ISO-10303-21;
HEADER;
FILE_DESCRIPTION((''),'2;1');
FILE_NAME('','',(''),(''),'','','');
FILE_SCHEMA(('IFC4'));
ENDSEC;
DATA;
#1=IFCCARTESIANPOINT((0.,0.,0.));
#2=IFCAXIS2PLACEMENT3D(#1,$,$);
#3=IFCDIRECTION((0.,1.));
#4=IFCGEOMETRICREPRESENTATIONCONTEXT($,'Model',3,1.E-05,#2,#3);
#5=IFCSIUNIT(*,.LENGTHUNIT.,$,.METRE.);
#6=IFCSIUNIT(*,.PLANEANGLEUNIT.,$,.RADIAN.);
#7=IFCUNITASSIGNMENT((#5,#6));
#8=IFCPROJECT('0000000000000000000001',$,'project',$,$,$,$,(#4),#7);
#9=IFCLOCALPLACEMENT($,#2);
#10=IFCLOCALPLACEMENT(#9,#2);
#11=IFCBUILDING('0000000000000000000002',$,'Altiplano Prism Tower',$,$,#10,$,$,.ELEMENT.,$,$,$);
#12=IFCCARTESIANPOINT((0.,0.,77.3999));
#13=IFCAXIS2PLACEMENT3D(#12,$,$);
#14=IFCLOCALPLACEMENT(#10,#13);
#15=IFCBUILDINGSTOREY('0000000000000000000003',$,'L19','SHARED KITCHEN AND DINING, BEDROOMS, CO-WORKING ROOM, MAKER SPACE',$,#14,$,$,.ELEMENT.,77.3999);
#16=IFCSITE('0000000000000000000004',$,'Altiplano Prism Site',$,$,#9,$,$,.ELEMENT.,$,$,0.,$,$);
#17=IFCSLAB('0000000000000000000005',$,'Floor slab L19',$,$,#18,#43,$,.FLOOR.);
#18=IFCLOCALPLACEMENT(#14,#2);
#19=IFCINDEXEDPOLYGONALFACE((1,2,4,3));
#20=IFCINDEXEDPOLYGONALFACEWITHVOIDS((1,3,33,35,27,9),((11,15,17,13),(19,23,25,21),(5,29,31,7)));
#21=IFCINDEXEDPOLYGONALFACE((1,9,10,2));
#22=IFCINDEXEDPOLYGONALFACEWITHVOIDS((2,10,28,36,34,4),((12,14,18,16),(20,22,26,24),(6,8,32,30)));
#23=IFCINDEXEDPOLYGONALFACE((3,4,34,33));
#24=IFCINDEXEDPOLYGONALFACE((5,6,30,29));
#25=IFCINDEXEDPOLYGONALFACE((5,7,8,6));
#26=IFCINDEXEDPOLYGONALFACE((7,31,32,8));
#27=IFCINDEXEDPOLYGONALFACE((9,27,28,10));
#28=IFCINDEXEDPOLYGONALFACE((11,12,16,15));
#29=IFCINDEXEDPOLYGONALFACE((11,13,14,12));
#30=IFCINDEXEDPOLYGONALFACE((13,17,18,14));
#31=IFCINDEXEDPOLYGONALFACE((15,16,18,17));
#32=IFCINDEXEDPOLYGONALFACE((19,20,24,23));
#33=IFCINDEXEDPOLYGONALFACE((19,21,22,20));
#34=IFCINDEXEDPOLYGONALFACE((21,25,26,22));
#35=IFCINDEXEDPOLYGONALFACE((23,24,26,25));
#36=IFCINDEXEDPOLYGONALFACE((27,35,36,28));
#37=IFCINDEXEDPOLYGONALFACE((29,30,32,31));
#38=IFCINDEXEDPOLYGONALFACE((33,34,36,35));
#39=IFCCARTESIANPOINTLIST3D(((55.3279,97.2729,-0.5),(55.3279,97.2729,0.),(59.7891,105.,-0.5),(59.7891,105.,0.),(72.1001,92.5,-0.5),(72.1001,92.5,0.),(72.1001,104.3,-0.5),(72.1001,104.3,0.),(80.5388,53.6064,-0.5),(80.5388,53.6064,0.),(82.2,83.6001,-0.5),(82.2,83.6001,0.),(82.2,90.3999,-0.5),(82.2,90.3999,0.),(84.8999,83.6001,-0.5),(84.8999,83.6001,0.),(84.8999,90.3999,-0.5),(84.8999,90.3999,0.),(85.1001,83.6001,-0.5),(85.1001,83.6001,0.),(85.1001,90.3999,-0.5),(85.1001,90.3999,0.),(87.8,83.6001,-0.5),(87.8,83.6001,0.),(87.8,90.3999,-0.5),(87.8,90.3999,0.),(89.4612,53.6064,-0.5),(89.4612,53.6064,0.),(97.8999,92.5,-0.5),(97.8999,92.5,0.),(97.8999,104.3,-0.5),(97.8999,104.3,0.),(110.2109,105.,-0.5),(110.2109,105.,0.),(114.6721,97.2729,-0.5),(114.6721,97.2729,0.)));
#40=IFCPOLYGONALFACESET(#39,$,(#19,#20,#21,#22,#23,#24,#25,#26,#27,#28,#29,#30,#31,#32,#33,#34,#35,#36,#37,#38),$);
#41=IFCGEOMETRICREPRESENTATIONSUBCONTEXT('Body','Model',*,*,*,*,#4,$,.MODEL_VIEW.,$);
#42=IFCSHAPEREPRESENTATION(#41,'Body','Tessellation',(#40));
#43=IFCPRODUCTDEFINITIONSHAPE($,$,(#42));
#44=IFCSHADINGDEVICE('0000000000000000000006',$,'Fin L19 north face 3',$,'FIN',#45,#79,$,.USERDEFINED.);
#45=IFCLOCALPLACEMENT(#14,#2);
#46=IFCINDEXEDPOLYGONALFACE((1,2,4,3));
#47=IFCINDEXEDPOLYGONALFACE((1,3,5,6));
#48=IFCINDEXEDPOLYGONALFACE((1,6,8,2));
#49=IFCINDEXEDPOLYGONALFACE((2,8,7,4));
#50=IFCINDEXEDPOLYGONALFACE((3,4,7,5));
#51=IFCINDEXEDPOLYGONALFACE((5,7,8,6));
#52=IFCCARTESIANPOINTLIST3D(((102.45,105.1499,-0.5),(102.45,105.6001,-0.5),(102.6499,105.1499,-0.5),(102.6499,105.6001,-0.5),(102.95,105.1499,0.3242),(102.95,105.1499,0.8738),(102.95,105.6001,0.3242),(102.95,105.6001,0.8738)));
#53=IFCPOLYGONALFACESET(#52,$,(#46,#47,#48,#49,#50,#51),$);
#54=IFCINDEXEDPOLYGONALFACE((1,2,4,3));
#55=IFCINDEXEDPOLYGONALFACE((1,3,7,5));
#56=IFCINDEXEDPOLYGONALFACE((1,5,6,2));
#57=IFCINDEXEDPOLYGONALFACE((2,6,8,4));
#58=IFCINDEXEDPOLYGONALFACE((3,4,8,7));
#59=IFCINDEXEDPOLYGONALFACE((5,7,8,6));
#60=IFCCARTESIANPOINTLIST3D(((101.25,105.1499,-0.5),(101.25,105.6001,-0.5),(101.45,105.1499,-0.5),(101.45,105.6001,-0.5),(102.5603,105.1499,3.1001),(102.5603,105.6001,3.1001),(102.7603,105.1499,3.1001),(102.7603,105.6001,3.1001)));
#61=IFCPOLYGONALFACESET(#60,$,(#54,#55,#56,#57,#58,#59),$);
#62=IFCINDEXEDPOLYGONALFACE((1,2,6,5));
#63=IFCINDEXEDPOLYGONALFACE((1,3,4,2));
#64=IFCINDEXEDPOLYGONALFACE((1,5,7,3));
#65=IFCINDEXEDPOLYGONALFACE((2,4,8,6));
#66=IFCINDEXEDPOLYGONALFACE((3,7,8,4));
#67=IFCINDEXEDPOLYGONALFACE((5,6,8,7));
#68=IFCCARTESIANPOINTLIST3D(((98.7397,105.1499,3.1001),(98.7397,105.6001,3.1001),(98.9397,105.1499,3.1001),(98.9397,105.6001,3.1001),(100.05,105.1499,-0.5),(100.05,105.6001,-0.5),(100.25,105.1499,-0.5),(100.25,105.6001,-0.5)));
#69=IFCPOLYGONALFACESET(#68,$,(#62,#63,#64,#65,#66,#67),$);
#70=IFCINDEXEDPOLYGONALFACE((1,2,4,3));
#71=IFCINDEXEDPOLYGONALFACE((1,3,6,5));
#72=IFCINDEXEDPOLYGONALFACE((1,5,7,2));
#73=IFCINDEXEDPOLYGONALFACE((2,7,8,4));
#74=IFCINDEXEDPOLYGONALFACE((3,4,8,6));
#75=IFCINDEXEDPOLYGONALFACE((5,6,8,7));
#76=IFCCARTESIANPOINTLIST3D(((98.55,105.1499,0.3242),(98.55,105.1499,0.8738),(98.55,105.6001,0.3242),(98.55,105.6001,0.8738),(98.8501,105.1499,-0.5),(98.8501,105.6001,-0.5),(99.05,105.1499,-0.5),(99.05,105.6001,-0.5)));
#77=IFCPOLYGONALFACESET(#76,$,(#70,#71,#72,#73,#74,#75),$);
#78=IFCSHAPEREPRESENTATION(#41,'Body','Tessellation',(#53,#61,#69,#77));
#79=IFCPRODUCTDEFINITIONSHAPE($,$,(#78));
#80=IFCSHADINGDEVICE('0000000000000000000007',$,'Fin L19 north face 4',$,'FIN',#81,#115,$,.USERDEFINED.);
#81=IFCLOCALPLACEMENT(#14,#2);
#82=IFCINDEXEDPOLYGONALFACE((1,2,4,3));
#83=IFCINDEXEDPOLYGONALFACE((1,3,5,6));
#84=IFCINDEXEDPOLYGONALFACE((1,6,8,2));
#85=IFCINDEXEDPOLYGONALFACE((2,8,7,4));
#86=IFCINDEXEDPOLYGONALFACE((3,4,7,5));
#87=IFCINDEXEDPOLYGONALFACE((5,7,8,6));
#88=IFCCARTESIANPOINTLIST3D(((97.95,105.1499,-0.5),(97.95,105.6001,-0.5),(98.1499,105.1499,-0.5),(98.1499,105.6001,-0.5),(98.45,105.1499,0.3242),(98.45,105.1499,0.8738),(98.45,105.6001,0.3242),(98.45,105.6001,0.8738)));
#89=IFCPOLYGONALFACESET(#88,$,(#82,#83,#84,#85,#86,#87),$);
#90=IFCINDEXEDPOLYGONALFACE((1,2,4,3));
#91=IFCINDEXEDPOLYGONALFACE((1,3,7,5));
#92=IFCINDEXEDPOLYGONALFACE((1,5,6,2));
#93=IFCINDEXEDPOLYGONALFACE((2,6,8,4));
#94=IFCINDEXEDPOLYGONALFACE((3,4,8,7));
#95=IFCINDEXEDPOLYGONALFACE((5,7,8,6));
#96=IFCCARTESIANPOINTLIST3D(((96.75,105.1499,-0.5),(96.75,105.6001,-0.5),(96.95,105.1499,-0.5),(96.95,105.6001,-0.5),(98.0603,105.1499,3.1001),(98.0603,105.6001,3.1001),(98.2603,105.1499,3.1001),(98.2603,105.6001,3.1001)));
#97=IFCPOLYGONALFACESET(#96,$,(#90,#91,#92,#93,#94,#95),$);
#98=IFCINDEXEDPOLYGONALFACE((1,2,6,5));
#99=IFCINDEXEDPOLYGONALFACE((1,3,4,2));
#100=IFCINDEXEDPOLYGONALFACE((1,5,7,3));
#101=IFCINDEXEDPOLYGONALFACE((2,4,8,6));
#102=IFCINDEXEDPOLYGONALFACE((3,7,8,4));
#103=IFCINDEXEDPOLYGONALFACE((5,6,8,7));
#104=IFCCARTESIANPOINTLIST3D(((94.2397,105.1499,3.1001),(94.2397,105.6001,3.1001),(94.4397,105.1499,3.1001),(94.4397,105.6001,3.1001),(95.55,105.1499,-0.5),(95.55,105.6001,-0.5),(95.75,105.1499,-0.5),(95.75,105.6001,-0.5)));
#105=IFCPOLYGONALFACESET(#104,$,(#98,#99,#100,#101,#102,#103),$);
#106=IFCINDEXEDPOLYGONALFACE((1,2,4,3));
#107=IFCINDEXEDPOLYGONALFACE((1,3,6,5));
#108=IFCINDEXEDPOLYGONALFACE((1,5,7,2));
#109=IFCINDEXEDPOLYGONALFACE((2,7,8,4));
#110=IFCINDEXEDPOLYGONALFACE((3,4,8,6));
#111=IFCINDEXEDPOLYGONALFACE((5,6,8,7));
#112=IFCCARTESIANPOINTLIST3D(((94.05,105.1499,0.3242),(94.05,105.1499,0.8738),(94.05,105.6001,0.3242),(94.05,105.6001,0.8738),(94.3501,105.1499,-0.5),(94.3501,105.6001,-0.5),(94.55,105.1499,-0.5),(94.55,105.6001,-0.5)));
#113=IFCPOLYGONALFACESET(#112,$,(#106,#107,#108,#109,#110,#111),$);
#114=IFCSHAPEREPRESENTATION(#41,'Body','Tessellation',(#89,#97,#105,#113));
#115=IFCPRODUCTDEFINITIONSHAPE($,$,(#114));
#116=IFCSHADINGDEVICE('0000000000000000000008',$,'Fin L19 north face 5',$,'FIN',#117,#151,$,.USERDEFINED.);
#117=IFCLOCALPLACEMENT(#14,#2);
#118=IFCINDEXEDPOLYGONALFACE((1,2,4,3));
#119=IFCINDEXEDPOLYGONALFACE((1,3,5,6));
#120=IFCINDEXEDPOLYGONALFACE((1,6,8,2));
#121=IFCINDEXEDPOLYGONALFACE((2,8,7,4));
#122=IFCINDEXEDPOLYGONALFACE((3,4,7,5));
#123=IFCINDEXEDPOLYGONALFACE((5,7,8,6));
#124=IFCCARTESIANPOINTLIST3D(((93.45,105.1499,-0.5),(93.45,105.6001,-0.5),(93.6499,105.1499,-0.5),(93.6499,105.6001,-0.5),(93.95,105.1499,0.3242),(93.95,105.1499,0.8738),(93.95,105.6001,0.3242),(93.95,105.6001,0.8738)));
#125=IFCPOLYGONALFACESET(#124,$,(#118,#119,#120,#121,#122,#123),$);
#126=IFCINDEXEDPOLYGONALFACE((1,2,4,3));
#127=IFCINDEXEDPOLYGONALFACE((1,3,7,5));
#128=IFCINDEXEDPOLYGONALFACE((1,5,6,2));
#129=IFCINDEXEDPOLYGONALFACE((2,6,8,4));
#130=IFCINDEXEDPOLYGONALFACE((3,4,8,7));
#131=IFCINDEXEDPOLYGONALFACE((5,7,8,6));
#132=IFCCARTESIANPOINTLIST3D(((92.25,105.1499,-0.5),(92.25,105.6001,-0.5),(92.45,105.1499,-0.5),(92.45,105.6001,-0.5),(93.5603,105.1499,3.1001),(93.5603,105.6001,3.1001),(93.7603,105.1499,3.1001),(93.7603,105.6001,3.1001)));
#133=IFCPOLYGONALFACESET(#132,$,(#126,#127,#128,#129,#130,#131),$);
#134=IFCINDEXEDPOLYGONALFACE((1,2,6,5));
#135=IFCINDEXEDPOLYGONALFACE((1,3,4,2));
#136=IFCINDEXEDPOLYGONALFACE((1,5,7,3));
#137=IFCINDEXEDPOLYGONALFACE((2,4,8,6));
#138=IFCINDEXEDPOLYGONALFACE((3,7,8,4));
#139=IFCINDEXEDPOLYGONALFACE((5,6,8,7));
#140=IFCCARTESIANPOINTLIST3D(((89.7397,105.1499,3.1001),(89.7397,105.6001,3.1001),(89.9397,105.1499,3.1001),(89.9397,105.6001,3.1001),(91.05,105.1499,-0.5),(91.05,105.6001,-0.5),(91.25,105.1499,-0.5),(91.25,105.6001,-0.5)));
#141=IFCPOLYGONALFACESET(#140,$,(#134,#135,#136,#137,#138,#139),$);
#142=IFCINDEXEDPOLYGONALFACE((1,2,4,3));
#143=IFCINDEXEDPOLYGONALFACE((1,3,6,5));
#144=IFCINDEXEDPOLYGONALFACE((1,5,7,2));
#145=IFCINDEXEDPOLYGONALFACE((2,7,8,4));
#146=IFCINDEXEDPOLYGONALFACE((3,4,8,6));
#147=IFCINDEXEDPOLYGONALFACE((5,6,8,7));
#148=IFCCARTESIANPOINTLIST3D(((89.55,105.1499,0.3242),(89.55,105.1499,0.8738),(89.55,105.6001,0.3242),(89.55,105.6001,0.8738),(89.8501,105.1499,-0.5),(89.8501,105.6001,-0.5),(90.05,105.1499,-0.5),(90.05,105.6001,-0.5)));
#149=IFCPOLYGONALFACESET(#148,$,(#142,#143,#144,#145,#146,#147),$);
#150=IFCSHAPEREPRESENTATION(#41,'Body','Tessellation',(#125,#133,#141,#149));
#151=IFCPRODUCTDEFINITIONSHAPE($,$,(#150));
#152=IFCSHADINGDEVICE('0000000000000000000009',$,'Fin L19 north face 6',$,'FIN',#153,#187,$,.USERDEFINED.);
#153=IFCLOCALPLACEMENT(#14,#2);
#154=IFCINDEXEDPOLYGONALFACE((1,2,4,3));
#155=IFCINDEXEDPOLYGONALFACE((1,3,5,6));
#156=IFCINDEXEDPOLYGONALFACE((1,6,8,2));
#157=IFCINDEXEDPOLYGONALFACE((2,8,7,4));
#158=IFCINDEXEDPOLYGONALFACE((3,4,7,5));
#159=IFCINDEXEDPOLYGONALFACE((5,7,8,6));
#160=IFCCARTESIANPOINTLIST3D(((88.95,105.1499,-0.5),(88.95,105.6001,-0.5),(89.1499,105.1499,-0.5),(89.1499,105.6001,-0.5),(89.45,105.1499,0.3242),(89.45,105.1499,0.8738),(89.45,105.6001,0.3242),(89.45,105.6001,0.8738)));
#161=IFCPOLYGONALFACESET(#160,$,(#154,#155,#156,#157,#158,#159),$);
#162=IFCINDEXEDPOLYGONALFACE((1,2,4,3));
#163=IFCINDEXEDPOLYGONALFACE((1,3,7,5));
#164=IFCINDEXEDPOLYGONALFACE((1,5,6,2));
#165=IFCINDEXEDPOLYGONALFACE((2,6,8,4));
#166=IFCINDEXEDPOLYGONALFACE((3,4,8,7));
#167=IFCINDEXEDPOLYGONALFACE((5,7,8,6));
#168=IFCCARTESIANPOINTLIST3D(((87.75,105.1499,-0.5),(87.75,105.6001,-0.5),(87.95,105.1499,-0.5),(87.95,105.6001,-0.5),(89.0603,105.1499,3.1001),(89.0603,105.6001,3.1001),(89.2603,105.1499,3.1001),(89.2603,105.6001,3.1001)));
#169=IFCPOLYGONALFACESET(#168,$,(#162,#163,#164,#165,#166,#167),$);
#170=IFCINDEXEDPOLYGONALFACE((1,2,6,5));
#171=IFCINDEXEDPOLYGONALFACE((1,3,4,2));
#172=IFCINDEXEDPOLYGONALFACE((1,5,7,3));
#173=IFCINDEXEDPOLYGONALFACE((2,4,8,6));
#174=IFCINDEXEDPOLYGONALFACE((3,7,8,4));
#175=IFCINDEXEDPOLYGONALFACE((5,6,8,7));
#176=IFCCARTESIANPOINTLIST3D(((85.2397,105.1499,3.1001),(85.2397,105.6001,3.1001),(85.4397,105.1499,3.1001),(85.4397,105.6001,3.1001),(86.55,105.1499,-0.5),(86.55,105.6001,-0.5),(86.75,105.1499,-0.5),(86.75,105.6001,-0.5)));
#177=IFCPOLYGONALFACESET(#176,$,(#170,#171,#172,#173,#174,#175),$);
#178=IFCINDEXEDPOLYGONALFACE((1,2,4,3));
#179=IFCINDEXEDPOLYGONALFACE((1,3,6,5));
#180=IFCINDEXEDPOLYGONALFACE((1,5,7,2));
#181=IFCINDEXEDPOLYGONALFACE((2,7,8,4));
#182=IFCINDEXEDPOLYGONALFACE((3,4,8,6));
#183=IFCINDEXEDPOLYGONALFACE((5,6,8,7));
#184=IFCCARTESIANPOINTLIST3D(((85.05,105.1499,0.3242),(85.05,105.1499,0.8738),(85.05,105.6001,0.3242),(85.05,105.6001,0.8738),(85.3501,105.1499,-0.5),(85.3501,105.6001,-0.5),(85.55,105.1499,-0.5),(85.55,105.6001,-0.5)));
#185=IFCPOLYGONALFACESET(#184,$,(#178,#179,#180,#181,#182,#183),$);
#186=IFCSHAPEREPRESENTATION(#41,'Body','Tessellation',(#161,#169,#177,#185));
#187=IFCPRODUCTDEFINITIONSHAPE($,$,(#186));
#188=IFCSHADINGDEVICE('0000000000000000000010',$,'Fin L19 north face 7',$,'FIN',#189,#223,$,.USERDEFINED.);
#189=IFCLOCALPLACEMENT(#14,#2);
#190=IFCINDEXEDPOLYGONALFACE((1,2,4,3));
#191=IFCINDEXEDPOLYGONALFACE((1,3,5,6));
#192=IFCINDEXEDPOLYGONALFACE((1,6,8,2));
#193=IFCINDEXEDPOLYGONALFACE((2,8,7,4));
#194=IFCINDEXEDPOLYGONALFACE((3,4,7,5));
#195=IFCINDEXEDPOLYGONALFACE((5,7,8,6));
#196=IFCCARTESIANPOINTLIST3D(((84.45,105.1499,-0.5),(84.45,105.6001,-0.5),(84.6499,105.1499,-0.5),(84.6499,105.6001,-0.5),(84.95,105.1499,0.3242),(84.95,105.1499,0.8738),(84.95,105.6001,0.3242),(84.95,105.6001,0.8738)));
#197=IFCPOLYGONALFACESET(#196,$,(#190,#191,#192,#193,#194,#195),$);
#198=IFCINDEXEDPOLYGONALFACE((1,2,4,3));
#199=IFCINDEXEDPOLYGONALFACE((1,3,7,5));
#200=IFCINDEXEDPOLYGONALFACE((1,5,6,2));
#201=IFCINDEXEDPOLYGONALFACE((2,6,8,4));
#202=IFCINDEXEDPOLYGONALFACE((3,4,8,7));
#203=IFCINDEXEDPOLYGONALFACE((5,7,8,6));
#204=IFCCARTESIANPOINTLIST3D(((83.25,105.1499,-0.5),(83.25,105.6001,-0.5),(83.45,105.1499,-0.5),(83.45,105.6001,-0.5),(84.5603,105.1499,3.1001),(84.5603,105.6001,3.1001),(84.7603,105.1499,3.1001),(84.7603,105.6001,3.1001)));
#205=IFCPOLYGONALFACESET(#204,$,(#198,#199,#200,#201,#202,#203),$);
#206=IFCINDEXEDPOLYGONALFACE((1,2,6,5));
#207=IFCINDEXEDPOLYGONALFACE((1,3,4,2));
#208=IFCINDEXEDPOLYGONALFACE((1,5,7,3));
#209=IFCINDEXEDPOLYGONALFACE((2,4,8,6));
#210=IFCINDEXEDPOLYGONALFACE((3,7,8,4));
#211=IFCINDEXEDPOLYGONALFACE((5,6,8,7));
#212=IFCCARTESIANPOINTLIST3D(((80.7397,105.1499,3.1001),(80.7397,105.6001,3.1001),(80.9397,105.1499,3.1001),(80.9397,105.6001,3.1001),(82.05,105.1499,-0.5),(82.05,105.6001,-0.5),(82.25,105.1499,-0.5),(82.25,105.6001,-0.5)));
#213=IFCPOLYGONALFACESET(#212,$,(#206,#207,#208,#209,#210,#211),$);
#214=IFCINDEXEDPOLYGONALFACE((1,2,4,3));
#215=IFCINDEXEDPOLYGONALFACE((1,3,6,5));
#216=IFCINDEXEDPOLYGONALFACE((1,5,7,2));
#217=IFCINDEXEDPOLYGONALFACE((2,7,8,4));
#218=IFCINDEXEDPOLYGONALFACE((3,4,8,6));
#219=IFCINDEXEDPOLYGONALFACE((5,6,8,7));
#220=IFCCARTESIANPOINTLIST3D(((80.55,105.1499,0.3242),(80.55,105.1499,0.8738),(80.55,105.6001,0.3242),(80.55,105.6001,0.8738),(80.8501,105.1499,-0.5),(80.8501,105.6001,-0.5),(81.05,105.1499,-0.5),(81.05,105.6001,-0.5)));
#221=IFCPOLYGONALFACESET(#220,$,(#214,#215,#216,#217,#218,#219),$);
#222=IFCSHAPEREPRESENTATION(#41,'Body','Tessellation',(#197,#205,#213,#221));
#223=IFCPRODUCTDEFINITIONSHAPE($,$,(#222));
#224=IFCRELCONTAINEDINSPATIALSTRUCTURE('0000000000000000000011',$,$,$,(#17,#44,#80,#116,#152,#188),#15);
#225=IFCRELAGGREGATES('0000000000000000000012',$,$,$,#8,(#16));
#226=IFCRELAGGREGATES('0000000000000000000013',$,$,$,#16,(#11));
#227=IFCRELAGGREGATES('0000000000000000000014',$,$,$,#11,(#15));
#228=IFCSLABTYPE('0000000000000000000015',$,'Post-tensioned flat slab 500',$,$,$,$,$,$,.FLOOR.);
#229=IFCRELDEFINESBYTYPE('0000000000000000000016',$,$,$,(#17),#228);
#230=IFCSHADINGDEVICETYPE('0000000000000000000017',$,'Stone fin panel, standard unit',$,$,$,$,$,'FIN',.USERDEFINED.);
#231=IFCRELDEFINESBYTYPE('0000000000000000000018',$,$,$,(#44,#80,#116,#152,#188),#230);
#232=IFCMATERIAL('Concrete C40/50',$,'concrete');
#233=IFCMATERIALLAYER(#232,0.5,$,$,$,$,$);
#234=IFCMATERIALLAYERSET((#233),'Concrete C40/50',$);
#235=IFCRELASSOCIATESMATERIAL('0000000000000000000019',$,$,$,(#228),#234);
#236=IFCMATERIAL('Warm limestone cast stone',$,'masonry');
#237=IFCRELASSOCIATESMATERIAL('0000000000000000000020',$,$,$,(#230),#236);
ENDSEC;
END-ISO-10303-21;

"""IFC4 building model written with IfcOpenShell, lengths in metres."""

from ifc_helpers import new_model, si_unit, direction, frame, origin, place, context, subcontext, project, spatial, polyline, outline, extrude, source, transform, mapped, material, layer, layer_set, type_object, element, save


model = new_model("IFC4")

# Units and contexts
model_context = context("Model", 3, precision=1e-05, world=origin(), true_north=direction((0.0, 1.0)))
body_context = subcontext(model_context, "Body", "Model", "MODEL_VIEW")
ifc_project = project(units=[si_unit("LENGTHUNIT", "METRE"), si_unit("PLANEANGLEUNIT", "RADIAN")], contexts=[model_context])

# Site, building, storey
site_placement = place(None, origin())
site = spatial("IfcSite", under=ifc_project, at=site_placement, Name="Altiplano Prism Site", CompositionType="ELEMENT", RefElevation=0.0)
building_placement = place(site_placement, origin())
building = spatial("IfcBuilding", under=site, at=building_placement, Name="Altiplano Prism Tower", CompositionType="ELEMENT")
storey_placement = place(building_placement, frame((0.0, 0.0, 77.3999)))
storey = spatial("IfcBuildingStorey", under=building, at=storey_placement, Name="L19", Description="SHARED KITCHEN AND DINING, BEDROOMS, CO-WORKING ROOM, MAKER SPACE", CompositionType="ELEMENT", Elevation=77.3999)

# Slab
ifc_material_1 = material(Name="Concrete C40/50", Category="concrete")
ifc_layer = layer(ifc_material_1, 0.5)
ifc_layer_set = layer_set([ifc_layer], Name="Concrete C40/50")
slab_type = type_object("IfcSlabType", Name="Post-tensioned flat slab 500", PredefinedType="FLOOR", material=ifc_layer_set)
slab_placement = place(storey_placement, frame((0.0, 0.0, -0.5)))
element("IfcSlab", 1, at=slab_placement, inside=storey, type_object=slab_type, Name="Floor slab L19", PredefinedType="FLOOR", context=body_context, shape_type="SweptSolid", body=[
    extrude(outline(polyline([(80.5388, 53.6064), (55.3279, 97.2729), (59.7891, 105.0), (110.2109, 105.0), (114.6721, 97.2729), (89.4612, 53.6064), (80.5388, 53.6064)]), holes=[polyline([(72.1001, 104.3), (72.1001, 92.5), (97.8999, 92.5), (97.8999, 104.3), (72.1001, 104.3)]), polyline([(84.8999, 90.3999), (82.2, 90.3999), (82.2, 83.6001), (84.8999, 83.6001), (84.8999, 90.3999)]), polyline([(87.8, 83.6001), (87.8, 90.3999), (85.1001, 90.3999), (85.1001, 83.6001), (87.8, 83.6001)])]), origin(), (0.0, 0.0, 1.0), 0.5),
])

# Shading devices
ifc_material_2 = material(Name="Warm limestone cast stone", Category="masonry")
shading_device_type_1 = type_object("IfcShadingDeviceType", Name="Stone fin panel, standard unit", ElementType="FIN", PredefinedType="USERDEFINED", material=ifc_material_2)
shared_shape_1 = source(origin(), body_context, "Body", "SweptSolid", [
    extrude(outline(polyline([(-2.2, 1.3738), (-2.2, 0.8242), (-1.8999, 0.0), (-1.7, 0.0), (-2.2, 1.3738)])), frame((0.0, -0.1499, 0.0), z_axis=(0.0, -1.0, 0.0), x_axis=(1.0, 0.0, 0.0)), (0.0, 0.0, 1.0), 0.4502),
    extrude(outline(polyline([(-2.0103, 3.6001), (-0.7, 0.0), (-0.5, 0.0), (-1.8103, 3.6001), (-2.0103, 3.6001)])), frame((0.0, -0.1499, 0.0), z_axis=(0.0, -1.0, 0.0), x_axis=(1.0, 0.0, 0.0)), (0.0, 0.0, 1.0), 0.4502),
    extrude(outline(polyline([(1.8103, 3.6001), (0.5, 0.0), (0.7, 0.0), (2.0103, 3.6001), (1.8103, 3.6001)])), frame((0.0, -0.1499, 0.0), z_axis=(0.0, -1.0, 0.0), x_axis=(1.0, 0.0, 0.0)), (0.0, 0.0, 1.0), 0.4502),
    extrude(outline(polyline([(2.2, 0.8242), (2.2, 1.3738), (1.7, 0.0), (1.8999, 0.0), (2.2, 0.8242)])), frame((0.0, -0.1499, 0.0), z_axis=(0.0, -1.0, 0.0), x_axis=(1.0, 0.0, 0.0)), (0.0, 0.0, 1.0), 0.4502),
])
shading_device_1_placement = place(storey_placement, origin())
element("IfcShadingDevice", 2, at=shading_device_1_placement, inside=storey, type_object=shading_device_type_1, Name="Fin L19 north face 3", ObjectType="FIN", PredefinedType="USERDEFINED", context=body_context, shape_type="MappedRepresentation", body=[
    mapped(shared_shape_1, transform((100.75, 105.0, -0.5), x_axis=(-1.0, 0.0, 0.0), y_axis=(0.0, -1.0, 0.0), z_axis=(0.0, 0.0, 1.0))),
])
shading_device_2_placement = place(storey_placement, origin())
element("IfcShadingDevice", 3, at=shading_device_2_placement, inside=storey, type_object=shading_device_type_1, Name="Fin L19 north face 4", ObjectType="FIN", PredefinedType="USERDEFINED", context=body_context, shape_type="MappedRepresentation", body=[
    mapped(shared_shape_1, transform((96.25, 105.0, -0.5), x_axis=(-1.0, 0.0, 0.0), y_axis=(0.0, -1.0, 0.0), z_axis=(0.0, 0.0, 1.0))),
])
shading_device_3_placement = place(storey_placement, origin())
element("IfcShadingDevice", 4, at=shading_device_3_placement, inside=storey, type_object=shading_device_type_1, Name="Fin L19 north face 5", ObjectType="FIN", PredefinedType="USERDEFINED", context=body_context, shape_type="MappedRepresentation", body=[
    mapped(shared_shape_1, transform((91.75, 105.0, -0.5), x_axis=(-1.0, 0.0, 0.0), y_axis=(0.0, -1.0, 0.0), z_axis=(0.0, 0.0, 1.0))),
])
shading_device_4_placement = place(storey_placement, origin())
element("IfcShadingDevice", 5, at=shading_device_4_placement, inside=storey, type_object=shading_device_type_1, Name="Fin L19 north face 6", ObjectType="FIN", PredefinedType="USERDEFINED", context=body_context, shape_type="MappedRepresentation", body=[
    mapped(shared_shape_1, transform((87.25, 105.0, -0.5), x_axis=(-1.0, 0.0, 0.0), y_axis=(0.0, -1.0, 0.0), z_axis=(0.0, 0.0, 1.0))),
])
shading_device_5_placement = place(storey_placement, origin())
element("IfcShadingDevice", 6, at=shading_device_5_placement, inside=storey, type_object=shading_device_type_1, Name="Fin L19 north face 7", ObjectType="FIN", PredefinedType="USERDEFINED", context=body_context, shape_type="MappedRepresentation", body=[
    mapped(shared_shape_1, transform((82.75, 105.0, -0.5), x_axis=(-1.0, 0.0, 0.0), y_axis=(0.0, -1.0, 0.0), z_axis=(0.0, 0.0, 1.0))),
])

save(model, "model.ifc")
